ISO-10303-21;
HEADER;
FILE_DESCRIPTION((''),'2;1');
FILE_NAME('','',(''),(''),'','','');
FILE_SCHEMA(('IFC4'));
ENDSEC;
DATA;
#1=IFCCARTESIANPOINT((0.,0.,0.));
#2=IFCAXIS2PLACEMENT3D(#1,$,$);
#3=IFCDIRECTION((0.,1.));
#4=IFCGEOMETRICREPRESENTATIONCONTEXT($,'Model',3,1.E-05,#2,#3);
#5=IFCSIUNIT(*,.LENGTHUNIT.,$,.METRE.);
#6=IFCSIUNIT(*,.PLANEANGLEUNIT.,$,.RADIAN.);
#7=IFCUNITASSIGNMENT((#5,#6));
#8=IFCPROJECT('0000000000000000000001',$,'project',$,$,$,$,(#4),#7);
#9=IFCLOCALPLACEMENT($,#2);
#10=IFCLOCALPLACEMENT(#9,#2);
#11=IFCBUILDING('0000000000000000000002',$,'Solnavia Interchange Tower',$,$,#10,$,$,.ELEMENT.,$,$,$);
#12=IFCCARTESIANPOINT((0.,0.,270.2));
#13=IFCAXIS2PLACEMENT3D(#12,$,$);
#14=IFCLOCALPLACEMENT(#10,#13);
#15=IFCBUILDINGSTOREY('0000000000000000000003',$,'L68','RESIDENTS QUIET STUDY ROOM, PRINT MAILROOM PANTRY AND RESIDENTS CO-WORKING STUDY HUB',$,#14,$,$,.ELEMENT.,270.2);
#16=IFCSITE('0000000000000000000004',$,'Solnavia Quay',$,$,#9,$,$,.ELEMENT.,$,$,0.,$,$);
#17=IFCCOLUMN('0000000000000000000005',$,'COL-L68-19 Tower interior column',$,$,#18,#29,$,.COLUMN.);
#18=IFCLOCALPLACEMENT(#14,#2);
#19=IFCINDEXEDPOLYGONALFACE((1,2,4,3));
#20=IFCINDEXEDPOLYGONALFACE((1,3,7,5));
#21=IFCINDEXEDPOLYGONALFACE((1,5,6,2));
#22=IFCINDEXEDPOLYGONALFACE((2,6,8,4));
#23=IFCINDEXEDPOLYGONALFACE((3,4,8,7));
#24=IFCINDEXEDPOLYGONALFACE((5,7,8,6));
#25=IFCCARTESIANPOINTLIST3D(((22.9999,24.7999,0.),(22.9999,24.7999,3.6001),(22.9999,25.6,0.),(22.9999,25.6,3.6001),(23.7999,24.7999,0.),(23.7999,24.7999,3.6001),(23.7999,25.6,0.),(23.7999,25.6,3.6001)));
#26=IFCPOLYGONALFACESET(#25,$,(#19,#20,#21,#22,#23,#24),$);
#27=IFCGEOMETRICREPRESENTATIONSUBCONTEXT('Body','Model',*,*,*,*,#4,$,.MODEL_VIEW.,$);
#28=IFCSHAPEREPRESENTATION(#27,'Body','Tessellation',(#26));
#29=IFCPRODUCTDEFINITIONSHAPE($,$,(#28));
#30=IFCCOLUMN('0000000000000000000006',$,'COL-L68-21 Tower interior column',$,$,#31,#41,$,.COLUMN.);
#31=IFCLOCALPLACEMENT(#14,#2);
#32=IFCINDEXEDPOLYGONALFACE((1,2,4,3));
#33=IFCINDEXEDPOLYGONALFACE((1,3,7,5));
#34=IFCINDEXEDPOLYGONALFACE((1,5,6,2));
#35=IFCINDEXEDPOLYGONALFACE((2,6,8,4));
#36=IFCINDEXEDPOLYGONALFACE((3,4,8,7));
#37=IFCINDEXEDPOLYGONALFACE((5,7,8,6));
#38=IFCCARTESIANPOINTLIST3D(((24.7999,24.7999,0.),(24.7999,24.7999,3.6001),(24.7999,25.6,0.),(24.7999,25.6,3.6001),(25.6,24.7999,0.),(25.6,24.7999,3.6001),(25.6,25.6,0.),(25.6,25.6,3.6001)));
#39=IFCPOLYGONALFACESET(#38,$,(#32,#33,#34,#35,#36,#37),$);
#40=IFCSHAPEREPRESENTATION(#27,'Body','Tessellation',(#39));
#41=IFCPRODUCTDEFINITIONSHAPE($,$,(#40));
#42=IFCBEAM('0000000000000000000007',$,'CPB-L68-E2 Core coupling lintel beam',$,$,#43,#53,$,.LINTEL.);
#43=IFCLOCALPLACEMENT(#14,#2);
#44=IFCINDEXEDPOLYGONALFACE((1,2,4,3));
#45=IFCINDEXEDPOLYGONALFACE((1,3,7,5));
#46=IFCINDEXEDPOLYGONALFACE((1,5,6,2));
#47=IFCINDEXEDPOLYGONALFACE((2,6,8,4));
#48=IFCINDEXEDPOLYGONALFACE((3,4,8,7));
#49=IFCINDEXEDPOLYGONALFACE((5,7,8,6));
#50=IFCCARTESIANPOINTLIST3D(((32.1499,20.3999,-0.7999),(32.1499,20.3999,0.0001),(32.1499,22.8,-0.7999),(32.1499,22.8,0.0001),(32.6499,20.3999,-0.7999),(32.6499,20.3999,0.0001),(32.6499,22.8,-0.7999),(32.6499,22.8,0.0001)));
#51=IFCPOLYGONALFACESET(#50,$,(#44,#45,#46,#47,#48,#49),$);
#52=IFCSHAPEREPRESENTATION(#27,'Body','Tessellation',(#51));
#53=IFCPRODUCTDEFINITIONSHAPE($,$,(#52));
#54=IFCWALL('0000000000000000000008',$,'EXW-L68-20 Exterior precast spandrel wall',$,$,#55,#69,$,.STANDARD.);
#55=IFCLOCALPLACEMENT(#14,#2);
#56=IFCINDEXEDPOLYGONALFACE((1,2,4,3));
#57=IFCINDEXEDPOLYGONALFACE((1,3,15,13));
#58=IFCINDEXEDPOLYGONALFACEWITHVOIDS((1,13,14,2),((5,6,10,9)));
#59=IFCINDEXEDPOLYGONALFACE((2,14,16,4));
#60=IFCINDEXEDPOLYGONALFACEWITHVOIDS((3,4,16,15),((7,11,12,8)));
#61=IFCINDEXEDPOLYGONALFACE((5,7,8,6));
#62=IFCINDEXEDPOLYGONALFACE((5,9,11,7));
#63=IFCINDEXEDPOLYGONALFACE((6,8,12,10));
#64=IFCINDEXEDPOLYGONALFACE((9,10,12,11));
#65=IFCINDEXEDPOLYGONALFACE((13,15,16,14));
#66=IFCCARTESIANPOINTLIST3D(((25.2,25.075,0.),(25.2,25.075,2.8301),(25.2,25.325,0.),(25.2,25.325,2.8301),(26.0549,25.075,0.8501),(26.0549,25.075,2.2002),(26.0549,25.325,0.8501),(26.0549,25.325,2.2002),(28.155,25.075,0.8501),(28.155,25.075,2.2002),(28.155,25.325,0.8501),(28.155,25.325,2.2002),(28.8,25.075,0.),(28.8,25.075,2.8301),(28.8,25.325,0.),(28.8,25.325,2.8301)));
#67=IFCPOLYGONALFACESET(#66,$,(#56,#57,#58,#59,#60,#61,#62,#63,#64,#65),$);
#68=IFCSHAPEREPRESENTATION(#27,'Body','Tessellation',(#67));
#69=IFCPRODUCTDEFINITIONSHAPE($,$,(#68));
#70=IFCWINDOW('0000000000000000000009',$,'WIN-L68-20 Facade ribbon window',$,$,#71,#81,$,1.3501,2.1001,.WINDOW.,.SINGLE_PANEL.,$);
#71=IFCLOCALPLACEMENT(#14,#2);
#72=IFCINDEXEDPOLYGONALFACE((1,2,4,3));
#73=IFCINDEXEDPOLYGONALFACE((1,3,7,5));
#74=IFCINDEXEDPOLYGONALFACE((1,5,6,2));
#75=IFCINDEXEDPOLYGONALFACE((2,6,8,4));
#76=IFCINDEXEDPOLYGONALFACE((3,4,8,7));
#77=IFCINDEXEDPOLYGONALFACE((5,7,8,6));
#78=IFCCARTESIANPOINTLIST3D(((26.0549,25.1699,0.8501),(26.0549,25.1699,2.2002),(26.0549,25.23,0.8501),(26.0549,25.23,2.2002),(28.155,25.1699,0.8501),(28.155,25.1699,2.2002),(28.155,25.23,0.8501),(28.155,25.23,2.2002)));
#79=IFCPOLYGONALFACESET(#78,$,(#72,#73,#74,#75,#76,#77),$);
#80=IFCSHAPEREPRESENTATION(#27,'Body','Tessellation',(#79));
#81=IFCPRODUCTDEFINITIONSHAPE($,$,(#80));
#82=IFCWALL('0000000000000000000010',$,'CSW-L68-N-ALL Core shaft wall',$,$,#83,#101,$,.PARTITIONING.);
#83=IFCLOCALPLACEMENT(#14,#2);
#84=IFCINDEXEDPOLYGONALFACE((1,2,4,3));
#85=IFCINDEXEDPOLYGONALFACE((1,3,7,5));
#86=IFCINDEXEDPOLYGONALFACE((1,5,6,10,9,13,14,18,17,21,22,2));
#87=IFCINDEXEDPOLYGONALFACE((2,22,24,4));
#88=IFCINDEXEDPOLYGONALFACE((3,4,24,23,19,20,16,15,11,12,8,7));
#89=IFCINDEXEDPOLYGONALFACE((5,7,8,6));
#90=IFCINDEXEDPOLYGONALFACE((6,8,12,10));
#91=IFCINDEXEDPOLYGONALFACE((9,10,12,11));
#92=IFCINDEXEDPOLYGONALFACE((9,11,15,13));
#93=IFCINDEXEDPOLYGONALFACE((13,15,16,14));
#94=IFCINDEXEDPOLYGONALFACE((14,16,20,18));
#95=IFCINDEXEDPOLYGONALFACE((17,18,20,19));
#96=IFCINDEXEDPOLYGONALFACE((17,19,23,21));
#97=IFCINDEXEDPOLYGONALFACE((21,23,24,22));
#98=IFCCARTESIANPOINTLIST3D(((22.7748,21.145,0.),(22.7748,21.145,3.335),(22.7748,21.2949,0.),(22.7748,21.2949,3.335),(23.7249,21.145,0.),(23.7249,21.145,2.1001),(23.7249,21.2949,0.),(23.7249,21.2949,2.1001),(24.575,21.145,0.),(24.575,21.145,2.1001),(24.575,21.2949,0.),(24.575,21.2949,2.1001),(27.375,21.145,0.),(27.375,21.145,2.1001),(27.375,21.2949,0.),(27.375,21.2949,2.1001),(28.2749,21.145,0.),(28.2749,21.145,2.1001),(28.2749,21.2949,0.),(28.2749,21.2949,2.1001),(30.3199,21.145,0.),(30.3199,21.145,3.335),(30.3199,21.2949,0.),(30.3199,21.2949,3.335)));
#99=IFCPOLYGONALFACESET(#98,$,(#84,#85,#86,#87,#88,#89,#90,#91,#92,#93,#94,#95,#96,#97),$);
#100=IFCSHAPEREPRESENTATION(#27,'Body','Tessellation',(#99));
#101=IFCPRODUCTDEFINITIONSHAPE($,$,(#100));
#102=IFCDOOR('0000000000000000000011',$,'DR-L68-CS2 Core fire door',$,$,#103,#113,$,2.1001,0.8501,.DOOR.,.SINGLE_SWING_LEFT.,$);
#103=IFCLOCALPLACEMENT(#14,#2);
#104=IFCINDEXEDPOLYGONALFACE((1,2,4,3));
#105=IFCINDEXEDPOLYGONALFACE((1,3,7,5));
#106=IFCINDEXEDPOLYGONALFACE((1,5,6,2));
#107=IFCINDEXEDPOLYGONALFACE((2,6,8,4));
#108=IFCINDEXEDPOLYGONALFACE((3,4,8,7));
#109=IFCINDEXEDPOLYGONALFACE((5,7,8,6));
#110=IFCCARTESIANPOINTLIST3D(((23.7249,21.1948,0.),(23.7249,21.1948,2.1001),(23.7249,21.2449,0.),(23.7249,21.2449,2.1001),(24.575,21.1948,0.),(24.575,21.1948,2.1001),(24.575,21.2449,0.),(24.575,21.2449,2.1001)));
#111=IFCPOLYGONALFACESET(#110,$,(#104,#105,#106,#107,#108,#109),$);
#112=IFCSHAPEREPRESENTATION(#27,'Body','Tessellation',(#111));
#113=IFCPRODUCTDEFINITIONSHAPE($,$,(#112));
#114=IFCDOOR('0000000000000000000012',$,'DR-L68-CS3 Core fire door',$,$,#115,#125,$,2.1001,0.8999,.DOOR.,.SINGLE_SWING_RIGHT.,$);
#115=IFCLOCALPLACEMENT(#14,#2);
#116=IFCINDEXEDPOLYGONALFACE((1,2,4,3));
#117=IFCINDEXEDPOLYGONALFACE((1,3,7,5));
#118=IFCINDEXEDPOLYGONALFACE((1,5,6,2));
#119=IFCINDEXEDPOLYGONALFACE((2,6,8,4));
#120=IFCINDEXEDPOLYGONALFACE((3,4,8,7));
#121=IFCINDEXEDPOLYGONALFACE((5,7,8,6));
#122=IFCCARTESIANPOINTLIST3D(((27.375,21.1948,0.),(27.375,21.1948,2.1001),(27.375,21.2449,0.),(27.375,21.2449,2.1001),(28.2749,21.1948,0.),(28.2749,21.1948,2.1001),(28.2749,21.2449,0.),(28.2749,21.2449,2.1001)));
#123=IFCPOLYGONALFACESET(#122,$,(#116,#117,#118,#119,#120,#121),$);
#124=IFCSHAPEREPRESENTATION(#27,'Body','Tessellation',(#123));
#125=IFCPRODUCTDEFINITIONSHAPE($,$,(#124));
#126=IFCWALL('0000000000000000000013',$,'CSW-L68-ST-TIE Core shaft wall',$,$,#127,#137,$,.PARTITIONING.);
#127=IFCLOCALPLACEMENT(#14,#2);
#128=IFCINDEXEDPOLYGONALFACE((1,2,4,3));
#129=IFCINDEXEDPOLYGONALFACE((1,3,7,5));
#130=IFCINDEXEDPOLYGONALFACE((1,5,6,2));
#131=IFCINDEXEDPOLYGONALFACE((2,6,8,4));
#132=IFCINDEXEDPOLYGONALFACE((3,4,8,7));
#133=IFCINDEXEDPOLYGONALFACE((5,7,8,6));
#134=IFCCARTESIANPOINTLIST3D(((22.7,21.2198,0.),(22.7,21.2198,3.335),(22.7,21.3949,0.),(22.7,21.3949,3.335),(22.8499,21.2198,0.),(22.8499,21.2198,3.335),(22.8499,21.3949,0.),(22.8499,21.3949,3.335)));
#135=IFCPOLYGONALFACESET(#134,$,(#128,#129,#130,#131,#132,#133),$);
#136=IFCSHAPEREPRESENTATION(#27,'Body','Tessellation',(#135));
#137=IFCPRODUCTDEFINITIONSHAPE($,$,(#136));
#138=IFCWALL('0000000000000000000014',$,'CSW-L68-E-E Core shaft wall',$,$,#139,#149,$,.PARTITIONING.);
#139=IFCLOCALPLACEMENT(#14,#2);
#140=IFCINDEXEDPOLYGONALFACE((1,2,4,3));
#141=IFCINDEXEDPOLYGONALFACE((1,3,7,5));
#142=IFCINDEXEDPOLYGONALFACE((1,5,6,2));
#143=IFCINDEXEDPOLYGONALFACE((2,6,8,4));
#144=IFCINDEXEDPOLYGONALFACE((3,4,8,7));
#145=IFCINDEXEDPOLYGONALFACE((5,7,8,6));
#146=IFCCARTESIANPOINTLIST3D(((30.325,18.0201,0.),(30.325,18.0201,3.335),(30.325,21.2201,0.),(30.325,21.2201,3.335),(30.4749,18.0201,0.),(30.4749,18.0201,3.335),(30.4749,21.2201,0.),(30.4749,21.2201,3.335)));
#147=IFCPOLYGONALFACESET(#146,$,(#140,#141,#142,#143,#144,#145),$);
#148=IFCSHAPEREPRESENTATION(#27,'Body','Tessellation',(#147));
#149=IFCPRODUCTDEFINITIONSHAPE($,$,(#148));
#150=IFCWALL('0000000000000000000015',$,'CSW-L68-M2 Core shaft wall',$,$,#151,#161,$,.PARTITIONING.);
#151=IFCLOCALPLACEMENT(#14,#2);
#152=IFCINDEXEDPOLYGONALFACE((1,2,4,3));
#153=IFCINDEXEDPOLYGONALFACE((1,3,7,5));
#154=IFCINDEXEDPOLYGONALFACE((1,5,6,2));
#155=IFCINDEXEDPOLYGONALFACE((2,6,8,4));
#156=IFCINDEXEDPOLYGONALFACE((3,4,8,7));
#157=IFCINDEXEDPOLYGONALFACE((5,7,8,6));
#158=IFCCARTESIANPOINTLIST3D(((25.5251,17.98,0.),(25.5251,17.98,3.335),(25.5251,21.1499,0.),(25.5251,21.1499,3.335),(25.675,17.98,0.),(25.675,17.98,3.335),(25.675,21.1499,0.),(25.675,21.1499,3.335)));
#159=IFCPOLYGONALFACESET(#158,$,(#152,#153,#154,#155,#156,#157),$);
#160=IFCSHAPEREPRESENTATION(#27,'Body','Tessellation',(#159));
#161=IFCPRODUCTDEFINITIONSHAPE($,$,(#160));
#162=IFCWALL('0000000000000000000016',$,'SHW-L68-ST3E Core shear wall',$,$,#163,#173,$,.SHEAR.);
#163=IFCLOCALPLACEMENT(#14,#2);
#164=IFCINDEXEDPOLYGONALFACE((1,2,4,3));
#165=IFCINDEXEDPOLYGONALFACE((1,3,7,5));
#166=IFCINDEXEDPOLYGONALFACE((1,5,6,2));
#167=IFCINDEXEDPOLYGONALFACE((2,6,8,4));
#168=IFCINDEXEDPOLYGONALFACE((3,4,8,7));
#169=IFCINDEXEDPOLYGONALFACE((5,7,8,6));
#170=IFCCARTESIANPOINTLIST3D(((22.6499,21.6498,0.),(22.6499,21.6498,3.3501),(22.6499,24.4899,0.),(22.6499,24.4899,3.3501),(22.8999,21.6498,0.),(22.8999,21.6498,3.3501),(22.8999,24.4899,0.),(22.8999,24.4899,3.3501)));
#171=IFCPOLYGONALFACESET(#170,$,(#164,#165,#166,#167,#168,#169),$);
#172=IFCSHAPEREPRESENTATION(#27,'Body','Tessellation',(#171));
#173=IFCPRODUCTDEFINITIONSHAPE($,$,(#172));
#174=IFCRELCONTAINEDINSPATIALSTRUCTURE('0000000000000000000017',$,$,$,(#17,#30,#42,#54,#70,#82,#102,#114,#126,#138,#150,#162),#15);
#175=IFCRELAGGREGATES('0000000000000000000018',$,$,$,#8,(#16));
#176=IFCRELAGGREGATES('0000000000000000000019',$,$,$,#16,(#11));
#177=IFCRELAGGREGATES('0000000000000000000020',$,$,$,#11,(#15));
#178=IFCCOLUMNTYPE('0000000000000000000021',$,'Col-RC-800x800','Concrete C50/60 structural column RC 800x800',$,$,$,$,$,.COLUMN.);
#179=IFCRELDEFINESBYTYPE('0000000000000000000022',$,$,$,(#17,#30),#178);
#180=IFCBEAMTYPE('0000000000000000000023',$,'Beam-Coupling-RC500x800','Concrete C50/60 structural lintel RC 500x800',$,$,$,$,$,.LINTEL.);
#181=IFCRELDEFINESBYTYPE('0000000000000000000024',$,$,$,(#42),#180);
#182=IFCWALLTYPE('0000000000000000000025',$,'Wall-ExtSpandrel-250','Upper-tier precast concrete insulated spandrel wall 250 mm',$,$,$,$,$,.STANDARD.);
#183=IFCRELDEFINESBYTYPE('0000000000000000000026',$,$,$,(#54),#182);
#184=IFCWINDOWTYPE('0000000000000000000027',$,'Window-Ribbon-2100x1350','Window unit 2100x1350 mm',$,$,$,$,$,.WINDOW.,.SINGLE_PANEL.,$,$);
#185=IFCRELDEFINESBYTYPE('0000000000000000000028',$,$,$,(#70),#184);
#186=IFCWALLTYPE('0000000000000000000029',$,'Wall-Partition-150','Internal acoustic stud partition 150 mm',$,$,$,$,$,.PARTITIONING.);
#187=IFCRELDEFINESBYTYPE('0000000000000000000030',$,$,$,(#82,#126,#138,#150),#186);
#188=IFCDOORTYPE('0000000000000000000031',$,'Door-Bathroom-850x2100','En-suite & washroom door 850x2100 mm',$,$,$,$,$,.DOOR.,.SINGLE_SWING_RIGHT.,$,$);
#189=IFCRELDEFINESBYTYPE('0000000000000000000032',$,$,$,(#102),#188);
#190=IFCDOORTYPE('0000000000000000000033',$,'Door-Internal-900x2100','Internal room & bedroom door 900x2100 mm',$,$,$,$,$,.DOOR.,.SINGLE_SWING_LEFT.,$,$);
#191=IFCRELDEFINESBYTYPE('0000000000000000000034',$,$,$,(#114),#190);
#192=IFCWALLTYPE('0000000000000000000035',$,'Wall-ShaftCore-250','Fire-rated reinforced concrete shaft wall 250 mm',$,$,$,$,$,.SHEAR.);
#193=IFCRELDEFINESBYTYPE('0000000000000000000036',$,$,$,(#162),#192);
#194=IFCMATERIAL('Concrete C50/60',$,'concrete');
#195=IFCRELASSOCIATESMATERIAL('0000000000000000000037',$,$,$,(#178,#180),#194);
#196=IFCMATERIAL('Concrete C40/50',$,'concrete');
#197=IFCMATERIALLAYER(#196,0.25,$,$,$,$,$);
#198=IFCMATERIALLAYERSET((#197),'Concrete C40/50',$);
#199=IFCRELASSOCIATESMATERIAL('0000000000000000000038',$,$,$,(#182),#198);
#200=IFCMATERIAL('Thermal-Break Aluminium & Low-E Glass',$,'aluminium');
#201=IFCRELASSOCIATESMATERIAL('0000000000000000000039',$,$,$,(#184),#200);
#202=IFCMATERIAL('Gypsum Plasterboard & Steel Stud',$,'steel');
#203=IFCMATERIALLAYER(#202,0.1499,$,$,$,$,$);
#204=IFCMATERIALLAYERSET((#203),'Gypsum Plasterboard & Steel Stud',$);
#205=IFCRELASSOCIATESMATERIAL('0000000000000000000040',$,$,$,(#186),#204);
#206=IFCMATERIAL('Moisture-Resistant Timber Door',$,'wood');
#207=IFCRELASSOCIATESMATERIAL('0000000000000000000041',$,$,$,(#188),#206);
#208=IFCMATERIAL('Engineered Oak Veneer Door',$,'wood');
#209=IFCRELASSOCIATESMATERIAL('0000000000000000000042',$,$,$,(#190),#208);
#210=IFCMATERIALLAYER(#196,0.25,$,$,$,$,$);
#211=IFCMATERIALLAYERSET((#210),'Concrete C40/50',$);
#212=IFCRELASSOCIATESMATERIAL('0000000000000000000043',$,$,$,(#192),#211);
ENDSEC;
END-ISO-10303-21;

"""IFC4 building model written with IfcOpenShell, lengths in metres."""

from ifc_helpers import new_model, si_unit, direction, frame, frame_2d, origin, origin_2d, place, context, subcontext, project, spatial, rectangle, extrude, material, layer, layer_set, material_profile, profile_set, type_object, element, fill, save


model = new_model("IFC4")

# Units and contexts
model_context = context("Model", 3, precision=1e-05, world=origin(), true_north=direction((0.0, 1.0)))
body_context = subcontext(model_context, "Body", "Model", "MODEL_VIEW")
ifc_project = project(units=[si_unit("LENGTHUNIT", "METRE"), si_unit("PLANEANGLEUNIT", "RADIAN")], contexts=[model_context])

# Site, building, storey
site_placement = place(None, origin())
site = spatial("IfcSite", under=ifc_project, at=site_placement, Name="Solnavia Quay", CompositionType="ELEMENT", RefElevation=0.0)
building_placement = place(site_placement, origin())
building = spatial("IfcBuilding", under=site, at=building_placement, Name="Solnavia Interchange Tower", CompositionType="ELEMENT")
storey_placement = place(building_placement, frame((0.0, 0.0, 270.2)))
storey = spatial("IfcBuildingStorey", under=building, at=storey_placement, Name="L68", Description="RESIDENTS QUIET STUDY ROOM, PRINT MAILROOM PANTRY AND RESIDENTS CO-WORKING STUDY HUB", CompositionType="ELEMENT", Elevation=270.2)

# Columns
ifc_material_1 = material(Name="Concrete C50/60", Category="concrete")
ifc_material_profile_1 = material_profile(ifc_material_1, rectangle(XDim=0.8, YDim=0.8, at=origin_2d()), Name="RC 800x800")
ifc_profile_set_1 = profile_set([ifc_material_profile_1], Name="Concrete C50/60")
column_type = type_object("IfcColumnType", Name="Col-RC-800x800", Description="Concrete C50/60 structural column RC 800x800", PredefinedType="COLUMN", material=ifc_profile_set_1)
for number, where, z_axis, x_axis, name in (
    (1, (23.3999, 25.2, 0.0), (0.0, 0.0, 1.0), (1.0, 0.0, 0.0), "COL-L68-19 Tower interior column"),
    (2, (25.2, 25.2, 0.0), (0.0, 0.0, 1.0), (1.0, 0.0, 0.0), "COL-L68-21 Tower interior column"),
):
    element("IfcColumn", number, at=place(storey_placement, frame(where, z_axis=z_axis, x_axis=x_axis)), inside=storey, type_object=column_type, Name=name, PredefinedType="COLUMN", context=body_context, shape_type="SweptSolid", body=[
        extrude(rectangle(XDim=0.8, YDim=0.8, at=origin_2d()), origin(), (0.0, 0.0, 1.0), 3.6001),
    ])

# Beam
ifc_material_profile_2 = material_profile(ifc_material_1, rectangle(XDim=0.5, YDim=0.8, at=origin_2d()), Name="RC 500x800")
ifc_profile_set_2 = profile_set([ifc_material_profile_2], Name="Concrete C50/60")
beam_type = type_object("IfcBeamType", Name="Beam-Coupling-RC500x800", Description="Concrete C50/60 structural lintel RC 500x800", PredefinedType="LINTEL", material=ifc_profile_set_2)
beam_placement = place(storey_placement, frame((32.3999, 20.3999, -0.3999), z_axis=(0.0, 1.0, 0.0), x_axis=(-1.0, 0.0, 0.0)))
element("IfcBeam", 3, at=beam_placement, inside=storey, type_object=beam_type, Name="CPB-L68-E2 Core coupling lintel beam", PredefinedType="LINTEL", context=body_context, shape_type="SweptSolid", body=[
    extrude(rectangle(XDim=0.5, YDim=0.8, at=origin_2d()), origin(), (0.0, 0.0, 1.0), 2.4001),
])

# Wall, opening, window
ifc_material_2 = material(Name="Concrete C40/50", Category="concrete")
ifc_layer_1 = layer(ifc_material_2, 0.25)
ifc_layer_set_1 = layer_set([ifc_layer_1], Name="Concrete C40/50")
wall_type_1 = type_object("IfcWallType", Name="Wall-ExtSpandrel-250", Description="Upper-tier precast concrete insulated spandrel wall 250 mm", PredefinedType="STANDARD", material=ifc_layer_set_1)
wall_1_placement = place(storey_placement, frame((25.2, 25.2, 0.0), z_axis=(0.0, 0.0, 1.0), x_axis=(1.0, 0.0, 0.0)))
wall_1 = element("IfcWall", 4, at=wall_1_placement, inside=storey, type_object=wall_type_1, Name="EXW-L68-20 Exterior precast spandrel wall", PredefinedType="STANDARD", context=body_context, shape_type="SweptSolid", body=[
    extrude(rectangle(XDim=3.6001, YDim=0.25, at=frame_2d((1.8, 0.0))), origin(), (0.0, 0.0, 1.0), 2.8301),
])
opening_1_placement = place(wall_1_placement, frame((0.855, 0.0, 0.8501)))
opening_1 = element("IfcOpeningElement", 5, at=opening_1_placement, cuts=wall_1, PredefinedType="OPENING", context=body_context, shape_type="SweptSolid", body=[
    extrude(rectangle(XDim=2.1001, YDim=1.3501, at=frame_2d((1.05, 0.675))), frame((0.0, 0.135, 0.0), z_axis=(0.0, -1.0, 0.0), x_axis=(1.0, 0.0, 0.0)), (0.0, 0.0, 1.0), 0.27),
])
ifc_material_3 = material(Name="Thermal-Break Aluminium & Low-E Glass", Category="aluminium")
window_type = type_object("IfcWindowType", Name="Window-Ribbon-2100x1350", Description="Window unit 2100x1350 mm", PartitioningType="SINGLE_PANEL", PredefinedType="WINDOW", material=ifc_material_3)
window_placement = place(opening_1_placement, origin())
window = element("IfcWindow", 6, at=window_placement, inside=storey, type_object=window_type, Name="WIN-L68-20 Facade ribbon window", OverallHeight=1.3501, OverallWidth=2.1001, PartitioningType="SINGLE_PANEL", PredefinedType="WINDOW", context=body_context, shape_type="SweptSolid", body=[
    extrude(rectangle(XDim=2.1001, YDim=1.3501, at=frame_2d((1.05, 0.675))), frame((0.0, 0.03, 0.0), z_axis=(0.0, -1.0, 0.0), x_axis=(1.0, 0.0, 0.0)), (0.0, 0.0, 1.0), 0.0601),
])
fill(opening_1, window)

# Wall, openings, doors
ifc_material_4 = material(Name="Gypsum Plasterboard & Steel Stud", Category="steel")
ifc_layer_2 = layer(ifc_material_4, 0.1499)
ifc_layer_set_2 = layer_set([ifc_layer_2], Name="Gypsum Plasterboard & Steel Stud")
wall_type_2 = type_object("IfcWallType", Name="Wall-Partition-150", Description="Internal acoustic stud partition 150 mm", PredefinedType="PARTITIONING", material=ifc_layer_set_2)
wall_2_placement = place(storey_placement, frame((22.7749, 21.22, 0.0), z_axis=(0.0, 0.0, 1.0), x_axis=(1.0, 0.0, 0.0)))
wall_2 = element("IfcWall", 7, at=wall_2_placement, inside=storey, type_object=wall_type_2, Name="CSW-L68-N-ALL Core shaft wall", PredefinedType="PARTITIONING", context=body_context, shape_type="SweptSolid", body=[
    extrude(rectangle(XDim=7.5452, YDim=0.1499, at=frame_2d((3.7725, 0.0))), origin(), (0.0, 0.0, 1.0), 3.335),
])
opening_2_placement = place(wall_2_placement, frame((0.95, 0.0, 0.0)))
opening_2 = element("IfcOpeningElement", 8, at=opening_2_placement, cuts=wall_2, PredefinedType="OPENING", context=body_context, shape_type="SweptSolid", body=[
    extrude(rectangle(XDim=0.8501, YDim=2.1001, at=frame_2d((0.425, 1.05))), frame((0.0, 0.085, 0.0), z_axis=(0.0, -1.0, 0.0), x_axis=(1.0, 0.0, 0.0)), (0.0, 0.0, 1.0), 0.1699),
])
opening_3_placement = place(wall_2_placement, frame((4.6001, 0.0, 0.0)))
opening_3 = element("IfcOpeningElement", 9, at=opening_3_placement, cuts=wall_2, PredefinedType="OPENING", context=body_context, shape_type="SweptSolid", body=[
    extrude(rectangle(XDim=0.8999, YDim=2.1001, at=frame_2d((0.45, 1.05))), frame((0.0, 0.085, 0.0), z_axis=(0.0, -1.0, 0.0), x_axis=(1.0, 0.0, 0.0)), (0.0, 0.0, 1.0), 0.1699),
])
ifc_material_5 = material(Name="Moisture-Resistant Timber Door", Category="wood")
door_type_1 = type_object("IfcDoorType", Name="Door-Bathroom-850x2100", Description="En-suite & washroom door 850x2100 mm", OperationType="SINGLE_SWING_RIGHT", PredefinedType="DOOR", material=ifc_material_5)
door_1_placement = place(opening_2_placement, origin())
door_1 = element("IfcDoor", 10, at=door_1_placement, inside=storey, type_object=door_type_1, Name="DR-L68-CS2 Core fire door", OperationType="SINGLE_SWING_LEFT", OverallHeight=2.1001, OverallWidth=0.8501, PredefinedType="DOOR", context=body_context, shape_type="SweptSolid", body=[
    extrude(rectangle(XDim=0.8501, YDim=2.1001, at=frame_2d((0.425, 1.05))), frame((0.0, 0.0249, 0.0), z_axis=(0.0, -1.0, 0.0), x_axis=(1.0, 0.0, 0.0)), (0.0, 0.0, 1.0), 0.05),
])
fill(opening_2, door_1)
ifc_material_6 = material(Name="Engineered Oak Veneer Door", Category="wood")
door_type_2 = type_object("IfcDoorType", Name="Door-Internal-900x2100", Description="Internal room & bedroom door 900x2100 mm", OperationType="SINGLE_SWING_LEFT", PredefinedType="DOOR", material=ifc_material_6)
door_2_placement = place(opening_3_placement, origin())
door_2 = element("IfcDoor", 11, at=door_2_placement, inside=storey, type_object=door_type_2, Name="DR-L68-CS3 Core fire door", OperationType="SINGLE_SWING_RIGHT", OverallHeight=2.1001, OverallWidth=0.8999, PredefinedType="DOOR", context=body_context, shape_type="SweptSolid", body=[
    extrude(rectangle(XDim=0.8999, YDim=2.1001, at=frame_2d((0.45, 1.05))), frame((0.0, 0.0249, 0.0), z_axis=(0.0, -1.0, 0.0), x_axis=(1.0, 0.0, 0.0)), (0.0, 0.0, 1.0), 0.05),
])
fill(opening_3, door_2)

# Walls
wall_3_placement = place(storey_placement, frame((22.7749, 21.22, 0.0), z_axis=(0.0, 0.0, 1.0), x_axis=(0.0, 1.0, 0.0)))
element("IfcWall", 12, at=wall_3_placement, inside=storey, type_object=wall_type_2, Name="CSW-L68-ST-TIE Core shaft wall", PredefinedType="PARTITIONING", context=body_context, shape_type="SweptSolid", body=[
    extrude(rectangle(XDim=0.175, YDim=0.1499, at=frame_2d((0.0874, 0.0))), origin(), (0.0, 0.0, 1.0), 3.335),
])
wall_4_placement = place(storey_placement, frame((30.3999, 18.02, 0.0), z_axis=(0.0, 0.0, 1.0), x_axis=(0.0, 1.0, 0.0)))
element("IfcWall", 13, at=wall_4_placement, inside=storey, type_object=wall_type_2, Name="CSW-L68-E-E Core shaft wall", PredefinedType="PARTITIONING", context=body_context, shape_type="SweptSolid", body=[
    extrude(rectangle(XDim=3.2, YDim=0.1499, at=frame_2d((1.6001, 0.0))), origin(), (0.0, 0.0, 1.0), 3.335),
])
wall_5_placement = place(storey_placement, frame((25.6001, 17.98, 0.0), z_axis=(0.0, 0.0, 1.0), x_axis=(0.0, 1.0, 0.0)))
element("IfcWall", 14, at=wall_5_placement, inside=storey, type_object=wall_type_2, Name="CSW-L68-M2 Core shaft wall", PredefinedType="PARTITIONING", context=body_context, shape_type="SweptSolid", body=[
    extrude(rectangle(XDim=3.1699, YDim=0.1499, at=frame_2d((1.585, 0.0))), origin(), (0.0, 0.0, 1.0), 3.335),
])
ifc_layer_3 = layer(ifc_material_2, 0.25)
ifc_layer_set_3 = layer_set([ifc_layer_3], Name="Concrete C40/50")
wall_type_3 = type_object("IfcWallType", Name="Wall-ShaftCore-250", Description="Fire-rated reinforced concrete shaft wall 250 mm", PredefinedType="SHEAR", material=ifc_layer_set_3)
wall_6_placement = place(storey_placement, frame((22.7749, 21.6499, 0.0), z_axis=(0.0, 0.0, 1.0), x_axis=(0.0, 1.0, 0.0)))
element("IfcWall", 15, at=wall_6_placement, inside=storey, type_object=wall_type_3, Name="SHW-L68-ST3E Core shear wall", PredefinedType="SHEAR", context=body_context, shape_type="SweptSolid", body=[
    extrude(rectangle(XDim=2.8401, YDim=0.25, at=frame_2d((1.4199, 0.0))), origin(), (0.0, 0.0, 1.0), 3.3501),
])

save(model, "model.ifc")
